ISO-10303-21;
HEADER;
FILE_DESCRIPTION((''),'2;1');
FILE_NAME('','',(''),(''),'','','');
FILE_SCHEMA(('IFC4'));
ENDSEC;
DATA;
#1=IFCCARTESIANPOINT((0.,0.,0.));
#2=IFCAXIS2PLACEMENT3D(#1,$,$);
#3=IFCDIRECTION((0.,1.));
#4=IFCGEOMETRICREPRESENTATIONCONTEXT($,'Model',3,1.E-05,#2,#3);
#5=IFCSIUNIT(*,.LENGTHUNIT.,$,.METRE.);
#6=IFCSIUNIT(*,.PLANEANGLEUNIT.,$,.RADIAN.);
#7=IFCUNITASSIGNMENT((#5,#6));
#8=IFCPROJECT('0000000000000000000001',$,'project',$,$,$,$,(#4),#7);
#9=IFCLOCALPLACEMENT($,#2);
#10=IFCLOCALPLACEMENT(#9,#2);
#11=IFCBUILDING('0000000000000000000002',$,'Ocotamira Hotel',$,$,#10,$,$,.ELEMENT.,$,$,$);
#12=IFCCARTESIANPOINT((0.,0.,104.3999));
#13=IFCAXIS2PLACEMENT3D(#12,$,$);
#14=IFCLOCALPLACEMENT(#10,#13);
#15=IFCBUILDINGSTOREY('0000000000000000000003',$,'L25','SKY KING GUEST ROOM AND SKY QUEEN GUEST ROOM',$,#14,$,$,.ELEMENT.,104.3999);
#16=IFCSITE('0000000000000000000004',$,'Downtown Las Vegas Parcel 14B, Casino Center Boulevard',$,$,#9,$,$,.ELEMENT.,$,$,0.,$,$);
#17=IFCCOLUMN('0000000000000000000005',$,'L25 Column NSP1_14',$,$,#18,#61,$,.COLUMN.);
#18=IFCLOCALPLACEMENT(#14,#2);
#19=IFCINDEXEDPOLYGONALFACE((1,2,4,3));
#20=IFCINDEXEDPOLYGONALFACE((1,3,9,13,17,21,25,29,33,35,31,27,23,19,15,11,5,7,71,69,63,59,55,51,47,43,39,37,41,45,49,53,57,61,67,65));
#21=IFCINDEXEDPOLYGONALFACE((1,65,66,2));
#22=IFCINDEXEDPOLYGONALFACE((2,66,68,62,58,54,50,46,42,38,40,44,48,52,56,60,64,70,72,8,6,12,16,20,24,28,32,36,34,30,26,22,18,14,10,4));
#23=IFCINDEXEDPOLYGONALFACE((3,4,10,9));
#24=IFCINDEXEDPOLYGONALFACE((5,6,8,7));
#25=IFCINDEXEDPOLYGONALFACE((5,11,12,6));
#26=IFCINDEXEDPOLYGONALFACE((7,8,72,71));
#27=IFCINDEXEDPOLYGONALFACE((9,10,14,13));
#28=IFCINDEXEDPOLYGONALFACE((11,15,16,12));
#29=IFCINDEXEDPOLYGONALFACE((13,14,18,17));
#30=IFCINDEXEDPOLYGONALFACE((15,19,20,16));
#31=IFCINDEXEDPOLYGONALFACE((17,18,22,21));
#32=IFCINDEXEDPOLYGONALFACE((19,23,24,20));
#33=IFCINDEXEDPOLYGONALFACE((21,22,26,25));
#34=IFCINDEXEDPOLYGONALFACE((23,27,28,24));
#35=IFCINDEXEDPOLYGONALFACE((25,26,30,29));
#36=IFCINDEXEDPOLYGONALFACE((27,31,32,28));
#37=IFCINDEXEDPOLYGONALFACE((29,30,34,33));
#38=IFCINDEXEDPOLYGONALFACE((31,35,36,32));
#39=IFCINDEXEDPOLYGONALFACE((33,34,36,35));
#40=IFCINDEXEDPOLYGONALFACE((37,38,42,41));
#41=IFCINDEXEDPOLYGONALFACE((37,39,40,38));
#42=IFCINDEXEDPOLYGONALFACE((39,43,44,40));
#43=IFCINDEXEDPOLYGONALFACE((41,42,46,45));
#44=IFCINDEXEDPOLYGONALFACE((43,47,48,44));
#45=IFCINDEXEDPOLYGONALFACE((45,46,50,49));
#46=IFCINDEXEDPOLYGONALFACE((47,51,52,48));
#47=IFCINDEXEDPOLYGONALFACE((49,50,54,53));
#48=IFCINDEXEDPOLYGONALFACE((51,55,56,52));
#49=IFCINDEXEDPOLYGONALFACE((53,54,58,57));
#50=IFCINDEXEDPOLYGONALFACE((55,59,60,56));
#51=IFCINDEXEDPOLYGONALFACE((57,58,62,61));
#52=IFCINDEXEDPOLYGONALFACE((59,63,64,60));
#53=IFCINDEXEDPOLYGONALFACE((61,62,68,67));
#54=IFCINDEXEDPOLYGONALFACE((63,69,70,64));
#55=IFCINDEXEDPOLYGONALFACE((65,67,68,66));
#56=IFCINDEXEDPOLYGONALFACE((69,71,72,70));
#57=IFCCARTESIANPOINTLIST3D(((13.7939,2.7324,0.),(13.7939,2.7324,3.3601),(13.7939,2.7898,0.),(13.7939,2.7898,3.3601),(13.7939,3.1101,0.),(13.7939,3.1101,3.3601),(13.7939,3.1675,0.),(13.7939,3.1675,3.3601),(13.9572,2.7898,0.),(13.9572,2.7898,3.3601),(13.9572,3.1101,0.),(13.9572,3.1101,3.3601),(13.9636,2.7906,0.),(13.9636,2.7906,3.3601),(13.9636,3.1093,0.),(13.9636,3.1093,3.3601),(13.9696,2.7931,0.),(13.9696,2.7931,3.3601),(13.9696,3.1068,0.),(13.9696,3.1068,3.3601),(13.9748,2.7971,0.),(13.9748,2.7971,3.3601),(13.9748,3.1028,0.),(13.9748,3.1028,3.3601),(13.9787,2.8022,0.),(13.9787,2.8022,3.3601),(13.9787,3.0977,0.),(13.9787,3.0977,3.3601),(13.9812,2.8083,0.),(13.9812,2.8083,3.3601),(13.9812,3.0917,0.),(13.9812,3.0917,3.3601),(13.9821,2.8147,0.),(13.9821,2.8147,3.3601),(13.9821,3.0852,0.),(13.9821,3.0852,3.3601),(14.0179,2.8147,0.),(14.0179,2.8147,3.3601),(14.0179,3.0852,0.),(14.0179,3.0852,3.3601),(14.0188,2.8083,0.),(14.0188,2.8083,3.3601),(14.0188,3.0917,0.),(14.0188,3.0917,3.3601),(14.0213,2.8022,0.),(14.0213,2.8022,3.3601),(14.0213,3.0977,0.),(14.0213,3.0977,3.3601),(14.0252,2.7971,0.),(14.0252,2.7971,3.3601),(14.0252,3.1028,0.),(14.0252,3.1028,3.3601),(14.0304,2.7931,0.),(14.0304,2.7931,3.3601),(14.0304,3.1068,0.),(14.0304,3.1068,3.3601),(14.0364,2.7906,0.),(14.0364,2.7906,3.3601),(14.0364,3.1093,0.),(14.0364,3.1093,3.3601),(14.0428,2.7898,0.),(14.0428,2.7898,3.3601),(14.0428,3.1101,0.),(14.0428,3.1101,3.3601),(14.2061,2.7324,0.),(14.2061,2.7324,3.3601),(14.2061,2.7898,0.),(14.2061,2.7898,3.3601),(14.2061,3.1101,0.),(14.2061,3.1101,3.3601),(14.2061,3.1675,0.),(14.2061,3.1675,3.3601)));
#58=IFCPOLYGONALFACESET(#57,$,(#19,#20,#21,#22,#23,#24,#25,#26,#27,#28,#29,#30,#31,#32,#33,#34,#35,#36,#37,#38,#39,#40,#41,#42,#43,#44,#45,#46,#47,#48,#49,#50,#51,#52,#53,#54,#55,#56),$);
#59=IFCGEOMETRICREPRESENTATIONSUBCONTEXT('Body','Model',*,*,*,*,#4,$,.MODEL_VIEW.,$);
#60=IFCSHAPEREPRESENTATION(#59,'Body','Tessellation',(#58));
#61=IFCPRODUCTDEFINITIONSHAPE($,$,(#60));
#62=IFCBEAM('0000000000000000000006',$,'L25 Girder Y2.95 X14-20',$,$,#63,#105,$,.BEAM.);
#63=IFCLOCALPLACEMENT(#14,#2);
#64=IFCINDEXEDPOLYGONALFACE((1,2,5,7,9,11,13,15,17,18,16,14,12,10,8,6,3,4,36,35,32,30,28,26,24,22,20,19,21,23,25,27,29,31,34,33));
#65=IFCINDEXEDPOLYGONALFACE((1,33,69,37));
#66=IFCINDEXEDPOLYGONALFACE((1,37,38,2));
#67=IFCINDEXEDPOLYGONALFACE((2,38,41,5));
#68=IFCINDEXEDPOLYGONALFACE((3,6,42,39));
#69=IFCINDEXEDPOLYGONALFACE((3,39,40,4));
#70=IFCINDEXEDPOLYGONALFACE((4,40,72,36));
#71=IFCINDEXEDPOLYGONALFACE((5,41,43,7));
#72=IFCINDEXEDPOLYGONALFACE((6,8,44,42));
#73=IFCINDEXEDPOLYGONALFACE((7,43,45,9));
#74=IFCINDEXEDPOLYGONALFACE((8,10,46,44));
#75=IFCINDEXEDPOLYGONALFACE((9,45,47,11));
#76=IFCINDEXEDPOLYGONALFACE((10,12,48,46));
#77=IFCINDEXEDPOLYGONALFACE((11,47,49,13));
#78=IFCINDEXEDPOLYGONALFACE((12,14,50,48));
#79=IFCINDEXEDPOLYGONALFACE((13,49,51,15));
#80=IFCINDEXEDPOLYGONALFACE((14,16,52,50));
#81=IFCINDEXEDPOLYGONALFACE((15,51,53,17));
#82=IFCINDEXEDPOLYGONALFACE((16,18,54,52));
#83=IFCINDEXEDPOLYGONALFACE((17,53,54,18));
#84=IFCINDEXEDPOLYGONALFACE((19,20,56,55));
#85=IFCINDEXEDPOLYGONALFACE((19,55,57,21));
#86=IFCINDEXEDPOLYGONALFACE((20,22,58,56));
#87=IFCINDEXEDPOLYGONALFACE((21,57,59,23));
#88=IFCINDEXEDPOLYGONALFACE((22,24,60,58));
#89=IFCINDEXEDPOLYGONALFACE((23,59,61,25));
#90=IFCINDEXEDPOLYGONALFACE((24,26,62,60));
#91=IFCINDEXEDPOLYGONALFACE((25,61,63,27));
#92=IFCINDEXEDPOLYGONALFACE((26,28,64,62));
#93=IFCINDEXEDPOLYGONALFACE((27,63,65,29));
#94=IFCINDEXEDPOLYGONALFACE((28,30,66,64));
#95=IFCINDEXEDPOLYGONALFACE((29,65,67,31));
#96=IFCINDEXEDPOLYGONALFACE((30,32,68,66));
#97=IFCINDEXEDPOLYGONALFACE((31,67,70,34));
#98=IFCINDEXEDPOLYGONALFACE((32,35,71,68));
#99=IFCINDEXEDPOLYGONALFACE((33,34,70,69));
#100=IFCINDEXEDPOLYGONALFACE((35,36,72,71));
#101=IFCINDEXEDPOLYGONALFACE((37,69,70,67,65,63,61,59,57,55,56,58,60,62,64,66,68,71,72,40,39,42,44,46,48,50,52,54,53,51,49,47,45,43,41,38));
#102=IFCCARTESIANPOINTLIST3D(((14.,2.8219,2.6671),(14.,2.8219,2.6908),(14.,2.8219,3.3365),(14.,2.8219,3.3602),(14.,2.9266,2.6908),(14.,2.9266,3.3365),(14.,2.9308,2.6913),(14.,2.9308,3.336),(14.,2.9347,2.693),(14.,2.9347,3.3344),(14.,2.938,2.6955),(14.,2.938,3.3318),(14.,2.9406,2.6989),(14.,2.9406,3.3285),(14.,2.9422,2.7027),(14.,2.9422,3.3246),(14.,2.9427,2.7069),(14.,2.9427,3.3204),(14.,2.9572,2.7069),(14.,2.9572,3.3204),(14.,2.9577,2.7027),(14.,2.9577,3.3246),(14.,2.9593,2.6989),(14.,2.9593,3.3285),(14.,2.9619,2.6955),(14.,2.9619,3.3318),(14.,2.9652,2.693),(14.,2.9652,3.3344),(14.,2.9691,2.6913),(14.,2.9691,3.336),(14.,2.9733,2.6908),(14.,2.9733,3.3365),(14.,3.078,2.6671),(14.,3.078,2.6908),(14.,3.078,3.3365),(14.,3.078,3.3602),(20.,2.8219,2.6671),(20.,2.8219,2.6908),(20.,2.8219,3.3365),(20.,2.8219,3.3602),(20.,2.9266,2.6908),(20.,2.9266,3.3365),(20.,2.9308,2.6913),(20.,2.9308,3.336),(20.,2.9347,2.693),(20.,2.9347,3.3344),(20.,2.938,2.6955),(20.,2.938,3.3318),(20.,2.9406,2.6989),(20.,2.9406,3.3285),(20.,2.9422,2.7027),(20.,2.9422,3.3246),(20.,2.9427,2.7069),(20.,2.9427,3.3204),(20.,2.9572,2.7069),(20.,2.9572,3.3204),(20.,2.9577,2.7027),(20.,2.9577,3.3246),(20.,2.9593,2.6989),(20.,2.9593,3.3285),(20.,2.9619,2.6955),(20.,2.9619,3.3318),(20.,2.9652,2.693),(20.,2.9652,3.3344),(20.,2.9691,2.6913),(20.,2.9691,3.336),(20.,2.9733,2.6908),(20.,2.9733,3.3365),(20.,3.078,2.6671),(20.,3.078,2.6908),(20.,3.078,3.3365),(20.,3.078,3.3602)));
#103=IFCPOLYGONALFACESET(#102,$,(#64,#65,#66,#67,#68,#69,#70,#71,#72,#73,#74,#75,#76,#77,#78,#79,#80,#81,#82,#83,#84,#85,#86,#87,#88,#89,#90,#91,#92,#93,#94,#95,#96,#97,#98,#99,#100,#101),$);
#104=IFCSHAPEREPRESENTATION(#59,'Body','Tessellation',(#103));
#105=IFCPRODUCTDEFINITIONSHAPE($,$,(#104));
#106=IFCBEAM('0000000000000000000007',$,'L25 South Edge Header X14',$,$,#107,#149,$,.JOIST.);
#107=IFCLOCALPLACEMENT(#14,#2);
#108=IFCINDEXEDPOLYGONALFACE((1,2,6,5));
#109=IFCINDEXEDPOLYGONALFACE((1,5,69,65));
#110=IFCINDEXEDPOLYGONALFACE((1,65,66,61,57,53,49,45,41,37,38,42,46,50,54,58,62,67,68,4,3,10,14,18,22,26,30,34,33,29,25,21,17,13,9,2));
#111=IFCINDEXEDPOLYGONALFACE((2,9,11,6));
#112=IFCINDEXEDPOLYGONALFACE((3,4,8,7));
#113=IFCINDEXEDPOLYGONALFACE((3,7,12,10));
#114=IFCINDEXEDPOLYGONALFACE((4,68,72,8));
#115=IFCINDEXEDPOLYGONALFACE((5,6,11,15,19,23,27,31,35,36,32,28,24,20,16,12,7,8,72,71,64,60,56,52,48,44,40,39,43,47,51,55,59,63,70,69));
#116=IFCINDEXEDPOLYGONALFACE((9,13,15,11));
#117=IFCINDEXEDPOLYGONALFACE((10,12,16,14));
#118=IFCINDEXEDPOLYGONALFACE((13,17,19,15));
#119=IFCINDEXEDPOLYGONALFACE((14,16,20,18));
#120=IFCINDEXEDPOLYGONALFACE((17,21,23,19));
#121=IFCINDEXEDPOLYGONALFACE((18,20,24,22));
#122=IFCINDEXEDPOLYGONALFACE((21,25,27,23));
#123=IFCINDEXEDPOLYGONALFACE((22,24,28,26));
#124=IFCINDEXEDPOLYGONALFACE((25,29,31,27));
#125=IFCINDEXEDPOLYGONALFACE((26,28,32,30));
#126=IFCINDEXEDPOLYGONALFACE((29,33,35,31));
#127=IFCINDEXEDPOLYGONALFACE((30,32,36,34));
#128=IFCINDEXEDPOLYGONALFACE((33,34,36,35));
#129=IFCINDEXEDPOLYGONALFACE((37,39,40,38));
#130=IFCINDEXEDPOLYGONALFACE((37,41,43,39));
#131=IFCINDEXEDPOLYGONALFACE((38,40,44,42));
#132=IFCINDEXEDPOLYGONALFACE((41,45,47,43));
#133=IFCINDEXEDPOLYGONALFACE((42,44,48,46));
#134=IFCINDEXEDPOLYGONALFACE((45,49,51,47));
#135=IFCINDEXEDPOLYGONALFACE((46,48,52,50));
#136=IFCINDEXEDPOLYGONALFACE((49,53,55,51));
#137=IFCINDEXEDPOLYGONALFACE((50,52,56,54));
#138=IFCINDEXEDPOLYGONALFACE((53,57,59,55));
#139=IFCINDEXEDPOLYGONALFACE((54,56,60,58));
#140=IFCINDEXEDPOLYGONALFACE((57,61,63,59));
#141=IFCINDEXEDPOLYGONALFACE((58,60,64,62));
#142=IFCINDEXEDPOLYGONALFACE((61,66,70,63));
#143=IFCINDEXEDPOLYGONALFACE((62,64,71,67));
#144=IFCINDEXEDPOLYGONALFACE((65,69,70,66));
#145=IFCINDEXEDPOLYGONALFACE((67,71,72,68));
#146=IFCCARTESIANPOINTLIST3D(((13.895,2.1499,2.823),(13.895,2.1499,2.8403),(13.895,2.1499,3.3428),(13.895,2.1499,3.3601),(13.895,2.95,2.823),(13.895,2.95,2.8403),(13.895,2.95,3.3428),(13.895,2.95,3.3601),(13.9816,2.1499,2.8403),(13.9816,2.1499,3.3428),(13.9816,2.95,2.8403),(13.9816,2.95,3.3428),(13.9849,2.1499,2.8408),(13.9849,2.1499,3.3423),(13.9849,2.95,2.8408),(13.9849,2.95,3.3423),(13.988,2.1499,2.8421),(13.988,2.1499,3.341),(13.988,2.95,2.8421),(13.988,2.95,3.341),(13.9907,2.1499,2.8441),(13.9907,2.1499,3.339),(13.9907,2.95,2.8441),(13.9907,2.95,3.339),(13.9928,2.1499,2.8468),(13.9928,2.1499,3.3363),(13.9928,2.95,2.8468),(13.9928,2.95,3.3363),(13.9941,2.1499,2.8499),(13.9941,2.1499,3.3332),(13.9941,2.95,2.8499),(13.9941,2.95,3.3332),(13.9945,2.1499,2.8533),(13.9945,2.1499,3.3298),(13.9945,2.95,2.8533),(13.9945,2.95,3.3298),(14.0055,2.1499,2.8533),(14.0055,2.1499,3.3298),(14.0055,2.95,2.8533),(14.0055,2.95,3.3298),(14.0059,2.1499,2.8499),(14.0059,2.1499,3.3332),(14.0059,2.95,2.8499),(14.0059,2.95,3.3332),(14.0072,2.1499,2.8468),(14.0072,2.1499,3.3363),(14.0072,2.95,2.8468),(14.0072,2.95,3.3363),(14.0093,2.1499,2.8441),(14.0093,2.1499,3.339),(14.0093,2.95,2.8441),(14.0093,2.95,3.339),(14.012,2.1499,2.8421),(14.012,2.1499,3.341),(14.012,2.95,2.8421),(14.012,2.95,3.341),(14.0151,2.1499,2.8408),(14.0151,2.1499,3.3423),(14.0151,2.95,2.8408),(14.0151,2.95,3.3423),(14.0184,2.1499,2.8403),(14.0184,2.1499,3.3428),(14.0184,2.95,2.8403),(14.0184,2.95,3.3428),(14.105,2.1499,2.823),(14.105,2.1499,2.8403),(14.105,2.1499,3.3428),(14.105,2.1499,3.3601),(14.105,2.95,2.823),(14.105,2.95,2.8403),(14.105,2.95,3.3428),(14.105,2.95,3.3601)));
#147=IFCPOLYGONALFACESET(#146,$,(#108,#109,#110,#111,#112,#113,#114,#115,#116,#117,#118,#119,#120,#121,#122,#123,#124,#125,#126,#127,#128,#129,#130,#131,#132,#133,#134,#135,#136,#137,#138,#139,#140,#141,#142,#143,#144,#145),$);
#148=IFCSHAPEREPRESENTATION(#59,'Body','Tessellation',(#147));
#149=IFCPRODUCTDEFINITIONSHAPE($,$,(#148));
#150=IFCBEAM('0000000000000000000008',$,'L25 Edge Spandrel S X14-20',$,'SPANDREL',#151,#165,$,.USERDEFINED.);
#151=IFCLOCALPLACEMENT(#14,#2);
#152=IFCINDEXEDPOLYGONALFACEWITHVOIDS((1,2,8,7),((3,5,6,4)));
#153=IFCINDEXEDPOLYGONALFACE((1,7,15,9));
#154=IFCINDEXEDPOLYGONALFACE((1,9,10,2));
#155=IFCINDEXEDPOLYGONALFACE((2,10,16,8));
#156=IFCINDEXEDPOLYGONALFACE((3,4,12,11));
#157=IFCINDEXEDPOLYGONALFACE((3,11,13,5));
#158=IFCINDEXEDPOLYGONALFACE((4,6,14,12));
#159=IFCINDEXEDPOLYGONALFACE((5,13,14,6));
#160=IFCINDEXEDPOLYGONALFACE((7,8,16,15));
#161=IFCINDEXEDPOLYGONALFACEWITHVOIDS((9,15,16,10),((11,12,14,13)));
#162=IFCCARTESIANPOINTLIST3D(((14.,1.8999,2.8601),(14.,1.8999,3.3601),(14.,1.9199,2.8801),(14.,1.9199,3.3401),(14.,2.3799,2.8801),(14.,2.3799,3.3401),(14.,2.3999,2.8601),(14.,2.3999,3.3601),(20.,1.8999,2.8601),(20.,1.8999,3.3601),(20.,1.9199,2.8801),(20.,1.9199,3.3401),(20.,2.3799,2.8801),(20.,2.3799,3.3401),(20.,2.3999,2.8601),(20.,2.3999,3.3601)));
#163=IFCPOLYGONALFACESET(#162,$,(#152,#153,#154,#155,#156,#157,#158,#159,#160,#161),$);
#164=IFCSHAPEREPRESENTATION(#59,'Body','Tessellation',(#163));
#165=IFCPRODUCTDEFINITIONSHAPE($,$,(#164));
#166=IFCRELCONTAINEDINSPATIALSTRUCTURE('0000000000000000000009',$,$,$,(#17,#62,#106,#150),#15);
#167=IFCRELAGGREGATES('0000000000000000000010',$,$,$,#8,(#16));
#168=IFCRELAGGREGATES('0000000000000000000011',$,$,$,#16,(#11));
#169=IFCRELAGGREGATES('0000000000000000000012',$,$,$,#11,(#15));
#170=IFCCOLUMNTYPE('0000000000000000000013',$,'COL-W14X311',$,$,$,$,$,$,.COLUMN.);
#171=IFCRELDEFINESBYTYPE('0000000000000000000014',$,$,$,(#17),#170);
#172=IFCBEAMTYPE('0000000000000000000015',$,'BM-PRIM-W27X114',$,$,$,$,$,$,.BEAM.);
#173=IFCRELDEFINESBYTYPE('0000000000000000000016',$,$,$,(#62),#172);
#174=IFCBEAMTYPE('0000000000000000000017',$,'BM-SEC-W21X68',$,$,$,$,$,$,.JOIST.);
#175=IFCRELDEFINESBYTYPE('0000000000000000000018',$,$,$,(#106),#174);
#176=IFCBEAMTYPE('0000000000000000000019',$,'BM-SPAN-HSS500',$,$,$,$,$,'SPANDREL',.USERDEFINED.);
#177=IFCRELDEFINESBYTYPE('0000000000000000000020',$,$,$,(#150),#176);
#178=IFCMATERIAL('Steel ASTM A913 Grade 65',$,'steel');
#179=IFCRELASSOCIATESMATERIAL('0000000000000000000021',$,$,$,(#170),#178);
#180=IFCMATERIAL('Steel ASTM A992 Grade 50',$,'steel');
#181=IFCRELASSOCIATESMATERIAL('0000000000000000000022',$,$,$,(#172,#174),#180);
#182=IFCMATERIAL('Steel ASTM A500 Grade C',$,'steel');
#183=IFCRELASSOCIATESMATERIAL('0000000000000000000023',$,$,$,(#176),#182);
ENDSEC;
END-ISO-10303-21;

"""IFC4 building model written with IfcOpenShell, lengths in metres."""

from ifc_helpers import new_model, si_unit, direction, frame, origin, origin_2d, place, context, subcontext, project, spatial, hollow_rectangle, i_section, extrude, source, transform, mapped, material, material_profile, profile_set, type_object, element, save


model = new_model("IFC4")

# Units and contexts
model_context = context("Model", 3, precision=1e-05, world=origin(), true_north=direction((0.0, 1.0)))
body_context = subcontext(model_context, "Body", "Model", "MODEL_VIEW")
ifc_project = project(units=[si_unit("LENGTHUNIT", "METRE"), si_unit("PLANEANGLEUNIT", "RADIAN")], contexts=[model_context])

# Site, building, storey
site_placement = place(None, origin())
site = spatial("IfcSite", under=ifc_project, at=site_placement, Name="Downtown Las Vegas Parcel 14B, Casino Center Boulevard", CompositionType="ELEMENT", RefElevation=0.0)
building_placement = place(site_placement, origin())
building = spatial("IfcBuilding", under=site, at=building_placement, Name="Ocotamira Hotel", CompositionType="ELEMENT")
storey_placement = place(building_placement, frame((0.0, 0.0, 104.3999)))
storey = spatial("IfcBuildingStorey", under=building, at=storey_placement, Name="L25", Description="SKY KING GUEST ROOM AND SKY QUEEN GUEST ROOM", CompositionType="ELEMENT", Elevation=104.3999)

# Column
ifc_material_1 = material(Name="Steel ASTM A913 Grade 65", Category="steel")
ifc_material_profile_1 = material_profile(ifc_material_1, i_section(OverallWidth=0.4121, OverallDepth=0.4351, WebThickness=0.0359, FlangeThickness=0.0574, FilletRadius=0.0249, at=origin_2d()), Name="W14X311")
ifc_profile_set_1 = profile_set([ifc_material_profile_1], Name="Steel ASTM A913 Grade 65")
column_type = type_object("IfcColumnType", Name="COL-W14X311", PredefinedType="COLUMN", material=ifc_profile_set_1)
shared_shape_1 = source(origin(), body_context, "Body", "SweptSolid", [
    extrude(i_section(OverallWidth=0.4121, OverallDepth=0.4351, WebThickness=0.0359, FlangeThickness=0.0574, FilletRadius=0.0249, at=origin_2d()), origin(), (0.0, 0.0, 1.0), 3.3601),
])
column_placement = place(storey_placement, frame((14.0, 2.95, 0.0), z_axis=(0.0, 0.0, 1.0), x_axis=(1.0, 0.0, 0.0)))
element("IfcColumn", 1, at=column_placement, inside=storey, type_object=column_type, Name="L25 Column NSP1_14", PredefinedType="COLUMN", context=body_context, shape_type="MappedRepresentation", body=[
    mapped(shared_shape_1, transform((0.0, 0.0, 0.0), scale=1.0)),
])

# Beams
ifc_material_2 = material(Name="Steel ASTM A992 Grade 50", Category="steel")
ifc_material_profile_2 = material_profile(ifc_material_2, i_section(OverallWidth=0.2561, OverallDepth=0.6931, WebThickness=0.0144, FlangeThickness=0.0237, FilletRadius=0.0161, at=origin_2d()), Name="W27X114")
ifc_profile_set_2 = profile_set([ifc_material_profile_2], Name="Steel ASTM A992 Grade 50")
beam_type_1 = type_object("IfcBeamType", Name="BM-PRIM-W27X114", PredefinedType="BEAM", material=ifc_profile_set_2)
shared_shape_2 = source(origin(), body_context, "Body", "SweptSolid", [
    extrude(i_section(OverallWidth=0.2561, OverallDepth=0.6931, WebThickness=0.0144, FlangeThickness=0.0237, FilletRadius=0.0161, at=origin_2d()), origin(), (0.0, 0.0, 1.0), 6.0),
])
beam_1_placement = place(storey_placement, frame((14.0, 2.95, 3.0137), z_axis=(1.0, 0.0, 0.0), x_axis=(0.0, 1.0, 0.0)))
element("IfcBeam", 2, at=beam_1_placement, inside=storey, type_object=beam_type_1, Name="L25 Girder Y2.95 X14-20", PredefinedType="BEAM", context=body_context, shape_type="MappedRepresentation", body=[
    mapped(shared_shape_2, transform((0.0, 0.0, 0.0), scale=1.0)),
])
ifc_material_profile_3 = material_profile(ifc_material_2, i_section(OverallWidth=0.21, OverallDepth=0.5371, WebThickness=0.011, FlangeThickness=0.0173, FilletRadius=0.0129, at=origin_2d()), Name="W21X68")
ifc_profile_set_3 = profile_set([ifc_material_profile_3], Name="Steel ASTM A992 Grade 50")
beam_type_2 = type_object("IfcBeamType", Name="BM-SEC-W21X68", PredefinedType="JOIST", material=ifc_profile_set_3)
shared_shape_3 = source(origin(), body_context, "Body", "SweptSolid", [
    extrude(i_section(OverallWidth=0.21, OverallDepth=0.5371, WebThickness=0.011, FlangeThickness=0.0173, FilletRadius=0.0129, at=origin_2d()), origin(), (0.0, 0.0, 1.0), 0.8),
])
beam_2_placement = place(storey_placement, frame((14.0, 2.95, 3.0916), z_axis=(0.0, -1.0, 0.0), x_axis=(1.0, 0.0, 0.0)))
element("IfcBeam", 3, at=beam_2_placement, inside=storey, type_object=beam_type_2, Name="L25 South Edge Header X14", PredefinedType="JOIST", context=body_context, shape_type="MappedRepresentation", body=[
    mapped(shared_shape_3, transform((0.0, 0.0, 0.0), scale=1.0)),
])
ifc_material_3 = material(Name="Steel ASTM A500 Grade C", Category="steel")
ifc_material_profile_4 = material_profile(ifc_material_3, hollow_rectangle(XDim=0.5, YDim=0.5, WallThickness=0.02, at=origin_2d()), Name="HSS500X500X20")
ifc_profile_set_4 = profile_set([ifc_material_profile_4], Name="Steel ASTM A500 Grade C")
beam_type_3 = type_object("IfcBeamType", Name="BM-SPAN-HSS500", ElementType="SPANDREL", PredefinedType="USERDEFINED", material=ifc_profile_set_4)
shared_shape_4 = source(origin(), body_context, "Body", "SweptSolid", [
    extrude(hollow_rectangle(XDim=0.5, YDim=0.5, WallThickness=0.02, at=origin_2d()), origin(), (0.0, 0.0, 1.0), 6.0),
])
beam_3_placement = place(storey_placement, frame((14.0, 2.1499, 3.1101), z_axis=(1.0, 0.0, 0.0), x_axis=(0.0, 1.0, 0.0)))
element("IfcBeam", 4, at=beam_3_placement, inside=storey, type_object=beam_type_3, Name="L25 Edge Spandrel S X14-20", ObjectType="SPANDREL", PredefinedType="USERDEFINED", context=body_context, shape_type="MappedRepresentation", body=[
    mapped(shared_shape_4, transform((0.0, 0.0, 0.0), scale=1.0)),
])

save(model, "model.ifc")
